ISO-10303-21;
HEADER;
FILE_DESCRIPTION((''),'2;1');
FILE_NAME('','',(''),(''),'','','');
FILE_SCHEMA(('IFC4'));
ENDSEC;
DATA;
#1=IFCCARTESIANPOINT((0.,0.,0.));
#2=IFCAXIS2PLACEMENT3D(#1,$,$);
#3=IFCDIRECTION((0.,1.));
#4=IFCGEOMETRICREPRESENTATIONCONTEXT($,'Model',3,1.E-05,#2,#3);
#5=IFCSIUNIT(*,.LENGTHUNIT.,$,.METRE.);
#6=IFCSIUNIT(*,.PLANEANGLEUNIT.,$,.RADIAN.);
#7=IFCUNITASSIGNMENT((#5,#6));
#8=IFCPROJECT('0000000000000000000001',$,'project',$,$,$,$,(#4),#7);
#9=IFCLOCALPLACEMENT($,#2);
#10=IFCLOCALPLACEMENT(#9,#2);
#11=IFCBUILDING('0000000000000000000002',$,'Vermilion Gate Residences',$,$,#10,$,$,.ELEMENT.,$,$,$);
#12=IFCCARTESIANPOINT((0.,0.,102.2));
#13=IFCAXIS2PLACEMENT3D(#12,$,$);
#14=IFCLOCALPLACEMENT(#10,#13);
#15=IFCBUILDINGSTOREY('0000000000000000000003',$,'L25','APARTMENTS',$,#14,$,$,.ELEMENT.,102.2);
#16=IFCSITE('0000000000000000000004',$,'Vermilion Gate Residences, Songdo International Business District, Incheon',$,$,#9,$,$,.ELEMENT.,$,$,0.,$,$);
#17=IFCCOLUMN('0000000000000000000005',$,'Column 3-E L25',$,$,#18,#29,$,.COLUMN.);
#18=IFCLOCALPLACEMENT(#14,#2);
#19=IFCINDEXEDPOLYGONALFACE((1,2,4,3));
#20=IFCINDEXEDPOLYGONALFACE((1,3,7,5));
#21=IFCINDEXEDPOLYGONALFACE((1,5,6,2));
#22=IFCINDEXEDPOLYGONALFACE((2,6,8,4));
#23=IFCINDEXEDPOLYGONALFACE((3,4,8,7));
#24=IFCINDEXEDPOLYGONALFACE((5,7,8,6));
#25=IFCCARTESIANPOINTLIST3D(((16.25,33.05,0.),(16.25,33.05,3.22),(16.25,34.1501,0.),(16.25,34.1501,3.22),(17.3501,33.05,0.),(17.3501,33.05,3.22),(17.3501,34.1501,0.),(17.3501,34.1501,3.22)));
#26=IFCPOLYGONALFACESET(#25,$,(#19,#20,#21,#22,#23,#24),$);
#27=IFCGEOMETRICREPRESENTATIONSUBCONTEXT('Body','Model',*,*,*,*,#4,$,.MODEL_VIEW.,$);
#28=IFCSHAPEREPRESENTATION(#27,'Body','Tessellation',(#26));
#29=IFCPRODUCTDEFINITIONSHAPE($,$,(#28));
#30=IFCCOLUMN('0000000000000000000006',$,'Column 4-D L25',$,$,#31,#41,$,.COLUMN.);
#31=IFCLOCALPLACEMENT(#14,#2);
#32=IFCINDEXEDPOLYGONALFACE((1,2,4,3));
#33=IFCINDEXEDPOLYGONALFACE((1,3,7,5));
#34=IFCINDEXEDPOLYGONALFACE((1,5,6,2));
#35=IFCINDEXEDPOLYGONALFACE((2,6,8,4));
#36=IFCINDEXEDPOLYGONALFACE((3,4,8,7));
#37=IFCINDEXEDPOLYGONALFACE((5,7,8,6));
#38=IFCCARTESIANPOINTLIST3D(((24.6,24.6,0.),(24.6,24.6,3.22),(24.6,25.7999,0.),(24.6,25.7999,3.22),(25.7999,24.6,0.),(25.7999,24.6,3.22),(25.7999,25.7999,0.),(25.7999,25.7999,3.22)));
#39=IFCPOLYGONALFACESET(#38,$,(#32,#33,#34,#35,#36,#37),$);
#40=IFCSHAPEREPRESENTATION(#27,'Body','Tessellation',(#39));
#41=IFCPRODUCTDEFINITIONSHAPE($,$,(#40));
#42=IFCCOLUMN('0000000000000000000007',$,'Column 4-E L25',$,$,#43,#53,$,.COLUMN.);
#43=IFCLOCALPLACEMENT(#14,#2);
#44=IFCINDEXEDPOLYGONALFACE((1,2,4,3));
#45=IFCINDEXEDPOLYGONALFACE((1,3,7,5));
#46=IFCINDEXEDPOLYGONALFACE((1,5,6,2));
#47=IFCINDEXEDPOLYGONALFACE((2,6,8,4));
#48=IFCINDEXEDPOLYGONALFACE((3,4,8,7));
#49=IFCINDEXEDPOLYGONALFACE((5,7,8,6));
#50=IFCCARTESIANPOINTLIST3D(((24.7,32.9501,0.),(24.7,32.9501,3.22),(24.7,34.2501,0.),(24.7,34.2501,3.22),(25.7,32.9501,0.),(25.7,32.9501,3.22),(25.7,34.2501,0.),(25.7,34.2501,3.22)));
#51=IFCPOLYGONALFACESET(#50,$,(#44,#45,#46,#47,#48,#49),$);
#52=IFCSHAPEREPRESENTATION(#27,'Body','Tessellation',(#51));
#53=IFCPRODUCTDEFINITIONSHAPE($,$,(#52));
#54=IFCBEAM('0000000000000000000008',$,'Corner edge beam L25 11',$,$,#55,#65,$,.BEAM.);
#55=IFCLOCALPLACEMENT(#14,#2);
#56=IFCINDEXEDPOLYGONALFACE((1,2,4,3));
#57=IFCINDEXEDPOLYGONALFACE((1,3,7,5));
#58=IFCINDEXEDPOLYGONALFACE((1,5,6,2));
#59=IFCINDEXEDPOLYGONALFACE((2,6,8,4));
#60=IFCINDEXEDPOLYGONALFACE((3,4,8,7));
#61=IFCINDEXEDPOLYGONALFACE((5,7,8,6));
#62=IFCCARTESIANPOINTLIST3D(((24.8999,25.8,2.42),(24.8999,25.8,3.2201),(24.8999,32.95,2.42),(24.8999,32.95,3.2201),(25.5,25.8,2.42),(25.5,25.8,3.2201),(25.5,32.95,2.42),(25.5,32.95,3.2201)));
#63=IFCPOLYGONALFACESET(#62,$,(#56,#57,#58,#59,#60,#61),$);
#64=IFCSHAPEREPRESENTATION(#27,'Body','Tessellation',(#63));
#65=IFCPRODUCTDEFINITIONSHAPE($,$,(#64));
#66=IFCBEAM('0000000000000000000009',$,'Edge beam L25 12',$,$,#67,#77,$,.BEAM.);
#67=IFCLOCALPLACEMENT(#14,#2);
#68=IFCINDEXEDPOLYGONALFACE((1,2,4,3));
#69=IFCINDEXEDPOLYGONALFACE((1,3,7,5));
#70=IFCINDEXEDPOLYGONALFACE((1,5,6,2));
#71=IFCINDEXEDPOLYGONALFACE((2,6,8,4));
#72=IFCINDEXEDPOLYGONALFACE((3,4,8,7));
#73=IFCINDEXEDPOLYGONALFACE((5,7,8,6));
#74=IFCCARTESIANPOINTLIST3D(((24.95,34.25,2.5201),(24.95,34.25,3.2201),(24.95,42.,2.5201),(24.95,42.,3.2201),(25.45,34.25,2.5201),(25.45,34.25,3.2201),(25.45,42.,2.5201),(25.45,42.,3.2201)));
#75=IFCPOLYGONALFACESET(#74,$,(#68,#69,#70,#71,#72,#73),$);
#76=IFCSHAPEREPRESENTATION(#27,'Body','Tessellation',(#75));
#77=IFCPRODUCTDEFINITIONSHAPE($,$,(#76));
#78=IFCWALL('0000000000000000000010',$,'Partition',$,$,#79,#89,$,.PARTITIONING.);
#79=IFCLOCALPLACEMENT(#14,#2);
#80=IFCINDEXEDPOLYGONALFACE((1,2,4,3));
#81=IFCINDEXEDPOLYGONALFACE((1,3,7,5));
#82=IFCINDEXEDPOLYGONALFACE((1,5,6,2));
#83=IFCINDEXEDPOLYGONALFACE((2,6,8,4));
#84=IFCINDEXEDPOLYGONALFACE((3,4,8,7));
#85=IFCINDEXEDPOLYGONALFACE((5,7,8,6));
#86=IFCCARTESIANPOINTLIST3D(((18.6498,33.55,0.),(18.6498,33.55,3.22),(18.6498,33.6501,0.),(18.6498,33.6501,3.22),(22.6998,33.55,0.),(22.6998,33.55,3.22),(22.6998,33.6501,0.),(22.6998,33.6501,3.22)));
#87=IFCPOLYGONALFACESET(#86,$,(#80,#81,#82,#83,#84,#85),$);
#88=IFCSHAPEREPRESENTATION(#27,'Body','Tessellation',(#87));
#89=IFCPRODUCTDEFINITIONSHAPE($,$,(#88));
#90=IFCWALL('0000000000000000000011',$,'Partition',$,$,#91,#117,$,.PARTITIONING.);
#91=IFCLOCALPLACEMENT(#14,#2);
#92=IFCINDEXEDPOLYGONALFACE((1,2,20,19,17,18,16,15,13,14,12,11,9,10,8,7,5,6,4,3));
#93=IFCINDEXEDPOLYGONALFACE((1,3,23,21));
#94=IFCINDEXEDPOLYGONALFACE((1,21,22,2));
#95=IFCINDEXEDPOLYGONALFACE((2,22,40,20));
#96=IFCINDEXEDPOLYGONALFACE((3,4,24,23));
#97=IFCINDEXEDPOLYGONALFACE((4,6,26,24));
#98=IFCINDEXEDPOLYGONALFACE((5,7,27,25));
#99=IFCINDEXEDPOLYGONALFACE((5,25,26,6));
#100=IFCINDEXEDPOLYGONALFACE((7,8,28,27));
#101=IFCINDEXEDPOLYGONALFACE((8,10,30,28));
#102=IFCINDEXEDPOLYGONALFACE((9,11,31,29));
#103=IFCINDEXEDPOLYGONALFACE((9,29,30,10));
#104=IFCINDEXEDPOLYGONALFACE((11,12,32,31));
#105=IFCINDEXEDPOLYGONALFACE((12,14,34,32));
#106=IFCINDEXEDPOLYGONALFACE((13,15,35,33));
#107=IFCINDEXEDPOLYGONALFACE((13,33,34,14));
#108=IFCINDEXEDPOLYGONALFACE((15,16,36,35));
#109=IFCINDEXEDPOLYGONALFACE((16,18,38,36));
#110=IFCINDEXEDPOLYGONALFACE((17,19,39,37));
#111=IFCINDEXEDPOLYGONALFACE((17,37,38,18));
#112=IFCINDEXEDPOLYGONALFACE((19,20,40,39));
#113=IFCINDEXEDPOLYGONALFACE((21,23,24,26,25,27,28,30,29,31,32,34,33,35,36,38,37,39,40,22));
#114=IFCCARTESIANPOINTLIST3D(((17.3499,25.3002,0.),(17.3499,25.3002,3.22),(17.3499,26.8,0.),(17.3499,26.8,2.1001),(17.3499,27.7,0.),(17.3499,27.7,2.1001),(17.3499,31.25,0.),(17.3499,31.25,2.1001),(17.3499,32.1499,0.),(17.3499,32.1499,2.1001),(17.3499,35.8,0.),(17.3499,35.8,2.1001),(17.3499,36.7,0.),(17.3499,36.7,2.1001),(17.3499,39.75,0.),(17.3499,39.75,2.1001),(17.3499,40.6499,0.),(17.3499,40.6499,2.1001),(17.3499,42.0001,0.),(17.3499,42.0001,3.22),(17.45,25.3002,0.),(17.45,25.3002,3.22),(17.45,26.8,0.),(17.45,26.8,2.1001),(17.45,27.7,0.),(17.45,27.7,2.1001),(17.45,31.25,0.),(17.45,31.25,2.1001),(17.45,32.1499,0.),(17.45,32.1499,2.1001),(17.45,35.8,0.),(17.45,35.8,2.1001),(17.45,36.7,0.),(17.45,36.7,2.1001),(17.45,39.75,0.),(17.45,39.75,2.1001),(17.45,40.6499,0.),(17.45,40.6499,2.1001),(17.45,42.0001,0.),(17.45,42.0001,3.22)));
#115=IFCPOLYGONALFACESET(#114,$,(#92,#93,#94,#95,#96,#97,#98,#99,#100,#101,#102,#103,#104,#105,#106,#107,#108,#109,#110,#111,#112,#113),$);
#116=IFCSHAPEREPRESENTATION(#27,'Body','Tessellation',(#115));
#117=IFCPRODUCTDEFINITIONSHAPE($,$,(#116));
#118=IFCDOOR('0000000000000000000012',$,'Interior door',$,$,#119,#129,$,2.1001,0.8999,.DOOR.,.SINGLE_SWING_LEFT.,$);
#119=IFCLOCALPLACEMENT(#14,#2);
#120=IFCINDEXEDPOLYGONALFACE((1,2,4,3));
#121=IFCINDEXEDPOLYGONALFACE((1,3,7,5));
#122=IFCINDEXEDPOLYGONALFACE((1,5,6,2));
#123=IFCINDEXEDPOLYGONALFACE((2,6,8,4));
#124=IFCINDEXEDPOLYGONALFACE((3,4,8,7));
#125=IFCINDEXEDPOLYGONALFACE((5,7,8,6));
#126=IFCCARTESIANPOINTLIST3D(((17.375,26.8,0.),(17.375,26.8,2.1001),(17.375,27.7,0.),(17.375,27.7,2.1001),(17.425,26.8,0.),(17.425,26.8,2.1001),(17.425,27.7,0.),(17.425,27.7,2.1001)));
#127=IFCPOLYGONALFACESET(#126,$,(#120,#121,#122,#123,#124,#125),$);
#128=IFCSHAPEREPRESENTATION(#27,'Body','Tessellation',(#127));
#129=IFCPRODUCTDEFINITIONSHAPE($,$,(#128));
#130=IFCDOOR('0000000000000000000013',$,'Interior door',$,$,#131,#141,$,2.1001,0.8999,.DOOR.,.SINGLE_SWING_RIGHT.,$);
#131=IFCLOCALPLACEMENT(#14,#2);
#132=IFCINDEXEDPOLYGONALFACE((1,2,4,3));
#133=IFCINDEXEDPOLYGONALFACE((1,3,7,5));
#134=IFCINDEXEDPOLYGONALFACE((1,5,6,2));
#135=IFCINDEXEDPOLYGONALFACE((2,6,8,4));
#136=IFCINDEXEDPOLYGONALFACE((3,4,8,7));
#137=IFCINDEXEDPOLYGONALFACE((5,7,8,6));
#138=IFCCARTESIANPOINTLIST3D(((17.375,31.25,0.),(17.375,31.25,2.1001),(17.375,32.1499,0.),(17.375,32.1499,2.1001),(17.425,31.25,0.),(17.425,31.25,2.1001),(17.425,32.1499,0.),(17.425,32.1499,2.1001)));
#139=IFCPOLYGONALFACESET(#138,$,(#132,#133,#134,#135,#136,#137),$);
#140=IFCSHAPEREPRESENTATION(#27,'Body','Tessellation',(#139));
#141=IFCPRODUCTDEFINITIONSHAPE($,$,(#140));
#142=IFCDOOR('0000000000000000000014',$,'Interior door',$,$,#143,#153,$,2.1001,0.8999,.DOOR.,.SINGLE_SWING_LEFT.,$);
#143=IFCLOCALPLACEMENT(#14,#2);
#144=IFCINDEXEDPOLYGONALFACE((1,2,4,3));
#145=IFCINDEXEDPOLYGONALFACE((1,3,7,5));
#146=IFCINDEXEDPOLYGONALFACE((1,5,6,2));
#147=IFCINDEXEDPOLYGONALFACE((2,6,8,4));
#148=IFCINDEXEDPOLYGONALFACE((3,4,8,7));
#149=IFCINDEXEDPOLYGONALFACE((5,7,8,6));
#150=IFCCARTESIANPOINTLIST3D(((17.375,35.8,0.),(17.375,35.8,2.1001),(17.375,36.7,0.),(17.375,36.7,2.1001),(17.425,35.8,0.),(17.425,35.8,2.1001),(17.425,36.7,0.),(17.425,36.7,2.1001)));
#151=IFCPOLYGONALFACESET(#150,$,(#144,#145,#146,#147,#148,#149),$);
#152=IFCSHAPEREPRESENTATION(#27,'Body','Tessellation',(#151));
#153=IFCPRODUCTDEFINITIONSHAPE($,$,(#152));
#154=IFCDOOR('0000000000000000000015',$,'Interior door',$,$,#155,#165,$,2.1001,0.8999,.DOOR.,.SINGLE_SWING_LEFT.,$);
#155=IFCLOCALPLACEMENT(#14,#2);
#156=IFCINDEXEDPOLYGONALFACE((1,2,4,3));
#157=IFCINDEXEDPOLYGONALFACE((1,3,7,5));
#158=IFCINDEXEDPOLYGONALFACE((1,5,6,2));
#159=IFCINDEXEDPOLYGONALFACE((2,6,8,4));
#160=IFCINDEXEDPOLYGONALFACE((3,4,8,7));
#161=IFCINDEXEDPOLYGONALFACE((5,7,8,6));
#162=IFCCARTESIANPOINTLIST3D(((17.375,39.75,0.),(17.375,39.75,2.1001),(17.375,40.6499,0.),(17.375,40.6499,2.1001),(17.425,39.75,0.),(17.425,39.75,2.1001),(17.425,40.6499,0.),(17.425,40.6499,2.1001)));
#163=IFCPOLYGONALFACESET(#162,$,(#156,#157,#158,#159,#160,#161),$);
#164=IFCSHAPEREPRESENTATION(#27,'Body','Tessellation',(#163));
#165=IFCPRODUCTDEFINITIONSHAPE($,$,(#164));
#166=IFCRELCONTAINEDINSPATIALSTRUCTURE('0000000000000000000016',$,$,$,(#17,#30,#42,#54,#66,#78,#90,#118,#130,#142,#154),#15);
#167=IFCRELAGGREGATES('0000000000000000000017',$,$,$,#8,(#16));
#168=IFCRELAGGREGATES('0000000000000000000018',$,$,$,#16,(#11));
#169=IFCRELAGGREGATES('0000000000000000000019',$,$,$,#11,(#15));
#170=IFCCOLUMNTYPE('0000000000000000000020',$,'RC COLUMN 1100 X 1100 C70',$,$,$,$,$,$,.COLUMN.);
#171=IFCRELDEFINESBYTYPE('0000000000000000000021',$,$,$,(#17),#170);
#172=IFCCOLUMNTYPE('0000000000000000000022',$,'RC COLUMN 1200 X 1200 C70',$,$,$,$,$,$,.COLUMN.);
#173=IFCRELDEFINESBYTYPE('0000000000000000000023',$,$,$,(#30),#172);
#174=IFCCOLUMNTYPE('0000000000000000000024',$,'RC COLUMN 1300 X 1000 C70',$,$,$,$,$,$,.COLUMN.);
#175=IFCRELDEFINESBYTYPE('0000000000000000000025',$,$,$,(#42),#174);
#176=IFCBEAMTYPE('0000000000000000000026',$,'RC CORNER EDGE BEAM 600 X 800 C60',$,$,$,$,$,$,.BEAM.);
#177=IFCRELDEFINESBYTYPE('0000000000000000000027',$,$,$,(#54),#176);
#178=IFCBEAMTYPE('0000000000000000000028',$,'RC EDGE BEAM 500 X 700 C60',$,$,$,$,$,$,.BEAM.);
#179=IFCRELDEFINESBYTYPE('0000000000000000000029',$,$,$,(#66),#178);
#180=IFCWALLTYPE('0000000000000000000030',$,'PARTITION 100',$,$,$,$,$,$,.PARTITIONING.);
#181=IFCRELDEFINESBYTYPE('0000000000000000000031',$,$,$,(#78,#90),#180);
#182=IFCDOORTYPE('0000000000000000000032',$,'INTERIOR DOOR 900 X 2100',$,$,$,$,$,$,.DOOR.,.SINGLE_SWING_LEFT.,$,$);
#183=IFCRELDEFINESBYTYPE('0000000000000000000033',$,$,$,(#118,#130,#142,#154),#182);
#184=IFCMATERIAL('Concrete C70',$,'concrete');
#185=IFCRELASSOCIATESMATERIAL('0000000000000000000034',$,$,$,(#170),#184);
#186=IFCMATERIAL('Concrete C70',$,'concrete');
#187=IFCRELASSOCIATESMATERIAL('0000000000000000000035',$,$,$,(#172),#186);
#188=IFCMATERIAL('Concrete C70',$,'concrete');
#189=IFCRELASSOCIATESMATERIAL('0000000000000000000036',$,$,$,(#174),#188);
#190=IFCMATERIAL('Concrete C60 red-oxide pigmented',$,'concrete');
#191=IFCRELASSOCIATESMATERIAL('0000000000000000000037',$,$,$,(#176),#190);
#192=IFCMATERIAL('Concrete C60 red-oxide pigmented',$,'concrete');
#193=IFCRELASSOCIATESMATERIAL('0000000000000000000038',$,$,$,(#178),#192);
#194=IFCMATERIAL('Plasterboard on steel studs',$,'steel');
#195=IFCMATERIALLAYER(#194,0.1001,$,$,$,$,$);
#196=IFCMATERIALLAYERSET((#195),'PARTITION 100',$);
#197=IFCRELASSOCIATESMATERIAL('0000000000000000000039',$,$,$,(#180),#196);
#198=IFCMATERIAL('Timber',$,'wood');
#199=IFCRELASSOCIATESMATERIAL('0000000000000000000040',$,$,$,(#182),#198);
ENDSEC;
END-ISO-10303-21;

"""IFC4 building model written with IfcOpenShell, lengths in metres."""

from ifc_helpers import new_model, si_unit, direction, frame, frame_2d, origin, origin_2d, place, context, subcontext, project, spatial, rectangle, extrude, material, layer, layer_set, material_profile, profile_set, type_object, element, fill, save


model = new_model("IFC4")

# Units and contexts
model_context = context("Model", 3, precision=1e-05, world=origin(), true_north=direction((0.0, 1.0)))
body_context = subcontext(model_context, "Body", "Model", "MODEL_VIEW")
ifc_project = project(units=[si_unit("LENGTHUNIT", "METRE"), si_unit("PLANEANGLEUNIT", "RADIAN")], contexts=[model_context])

# Site, building, storey
site_placement = place(None, origin())
site = spatial("IfcSite", under=ifc_project, at=site_placement, Name="Vermilion Gate Residences, Songdo International Business District, Incheon", CompositionType="ELEMENT", RefElevation=0.0)
building_placement = place(site_placement, origin())
building = spatial("IfcBuilding", under=site, at=building_placement, Name="Vermilion Gate Residences", CompositionType="ELEMENT")
storey_placement = place(building_placement, frame((0.0, 0.0, 102.2)))
storey = spatial("IfcBuildingStorey", under=building, at=storey_placement, Name="L25", Description="APARTMENTS", CompositionType="ELEMENT", Elevation=102.2)

# Columns
ifc_material_1 = material(Name="Concrete C70", Category="concrete")
ifc_material_profile_1 = material_profile(ifc_material_1, rectangle(XDim=1.1001, YDim=1.1001, at=origin_2d()), Name="RC-1100x1100")
ifc_profile_set_1 = profile_set([ifc_material_profile_1], Name="Concrete C70")
column_type_1 = type_object("IfcColumnType", Name="RC COLUMN 1100 X 1100 C70", PredefinedType="COLUMN", material=ifc_profile_set_1)
column_1_placement = place(storey_placement, frame((16.8, 33.6001, 0.0), z_axis=(0.0, 0.0, 1.0), x_axis=(1.0, 0.0, 0.0)))
element("IfcColumn", 1, at=column_1_placement, inside=storey, type_object=column_type_1, Name="Column 3-E L25", PredefinedType="COLUMN", context=body_context, shape_type="SweptSolid", body=[
    extrude(rectangle(XDim=1.1001, YDim=1.1001, at=origin_2d()), origin(), (0.0, 0.0, 1.0), 3.22),
])
ifc_material_2 = material(Name="Concrete C70", Category="concrete")
ifc_material_profile_2 = material_profile(ifc_material_2, rectangle(XDim=1.2, YDim=1.2, at=origin_2d()), Name="RC-1200x1200")
ifc_profile_set_2 = profile_set([ifc_material_profile_2], Name="Concrete C70")
column_type_2 = type_object("IfcColumnType", Name="RC COLUMN 1200 X 1200 C70", PredefinedType="COLUMN", material=ifc_profile_set_2)
column_2_placement = place(storey_placement, frame((25.2, 25.2, 0.0), z_axis=(0.0, 0.0, 1.0), x_axis=(1.0, 0.0, 0.0)))
element("IfcColumn", 2, at=column_2_placement, inside=storey, type_object=column_type_2, Name="Column 4-D L25", PredefinedType="COLUMN", context=body_context, shape_type="SweptSolid", body=[
    extrude(rectangle(XDim=1.2, YDim=1.2, at=origin_2d()), origin(), (0.0, 0.0, 1.0), 3.22),
])
ifc_material_3 = material(Name="Concrete C70", Category="concrete")
ifc_material_profile_3 = material_profile(ifc_material_3, rectangle(XDim=1.3, YDim=1.0, at=origin_2d()), Name="RC-1300x1000")
ifc_profile_set_3 = profile_set([ifc_material_profile_3], Name="Concrete C70")
column_type_3 = type_object("IfcColumnType", Name="RC COLUMN 1300 X 1000 C70", PredefinedType="COLUMN", material=ifc_profile_set_3)
column_3_placement = place(storey_placement, frame((25.2, 33.6001, 0.0), z_axis=(0.0, 0.0, 1.0), x_axis=(0.0, 1.0, 0.0)))
element("IfcColumn", 3, at=column_3_placement, inside=storey, type_object=column_type_3, Name="Column 4-E L25", PredefinedType="COLUMN", context=body_context, shape_type="SweptSolid", body=[
    extrude(rectangle(XDim=1.3, YDim=1.0, at=origin_2d()), origin(), (0.0, 0.0, 1.0), 3.22),
])

# Beams
ifc_material_4 = material(Name="Concrete C60 red-oxide pigmented", Category="concrete")
ifc_material_profile_4 = material_profile(ifc_material_4, rectangle(XDim=0.6001, YDim=0.8, at=origin_2d()), Name="RC-600x800")
ifc_profile_set_4 = profile_set([ifc_material_profile_4], Name="Concrete C60 red-oxide pigmented")
beam_type_1 = type_object("IfcBeamType", Name="RC CORNER EDGE BEAM 600 X 800 C60", PredefinedType="BEAM", material=ifc_profile_set_4)
beam_1_placement = place(storey_placement, frame((25.2, 25.8, 2.8201), z_axis=(0.0, 1.0, 0.0), x_axis=(-1.0, 0.0, 0.0)))
element("IfcBeam", 4, at=beam_1_placement, inside=storey, type_object=beam_type_1, Name="Corner edge beam L25 11", PredefinedType="BEAM", context=body_context, shape_type="SweptSolid", body=[
    extrude(rectangle(XDim=0.6001, YDim=0.8, at=origin_2d()), origin(), (0.0, 0.0, 1.0), 7.1499),
])
ifc_material_5 = material(Name="Concrete C60 red-oxide pigmented", Category="concrete")
ifc_material_profile_5 = material_profile(ifc_material_5, rectangle(XDim=0.5, YDim=0.7, at=origin_2d()), Name="RC-500x700")
ifc_profile_set_5 = profile_set([ifc_material_profile_5], Name="Concrete C60 red-oxide pigmented")
beam_type_2 = type_object("IfcBeamType", Name="RC EDGE BEAM 500 X 700 C60", PredefinedType="BEAM", material=ifc_profile_set_5)
beam_2_placement = place(storey_placement, frame((25.2, 34.25, 2.8701), z_axis=(0.0, 1.0, 0.0), x_axis=(-1.0, 0.0, 0.0)))
element("IfcBeam", 5, at=beam_2_placement, inside=storey, type_object=beam_type_2, Name="Edge beam L25 12", PredefinedType="BEAM", context=body_context, shape_type="SweptSolid", body=[
    extrude(rectangle(XDim=0.5, YDim=0.7, at=origin_2d()), origin(), (0.0, 0.0, 1.0), 7.75),
])

# Wall
ifc_material_6 = material(Name="Plasterboard on steel studs", Category="steel")
ifc_layer = layer(ifc_material_6, 0.1001)
ifc_layer_set = layer_set([ifc_layer], Name="PARTITION 100")
wall_type = type_object("IfcWallType", Name="PARTITION 100", PredefinedType="PARTITIONING", material=ifc_layer_set)
wall_1_placement = place(storey_placement, frame((18.6499, 33.6001, 0.0), z_axis=(0.0, 0.0, 1.0), x_axis=(1.0, 0.0, 0.0)))
element("IfcWall", 6, at=wall_1_placement, inside=storey, type_object=wall_type, Name="Partition", PredefinedType="PARTITIONING", context=body_context, shape_type="SweptSolid", body=[
    extrude(rectangle(XDim=4.05, YDim=0.1001, at=frame_2d((2.0249, 0.0))), origin(), (0.0, 0.0, 1.0), 3.22),
])

# Wall, openings, doors
wall_2_placement = place(storey_placement, frame((17.3999, 25.3, 0.0), z_axis=(0.0, 0.0, 1.0), x_axis=(0.0, 1.0, 0.0)))
wall_2 = element("IfcWall", 7, at=wall_2_placement, inside=storey, type_object=wall_type, Name="Partition", PredefinedType="PARTITIONING", context=body_context, shape_type="SweptSolid", body=[
    extrude(rectangle(XDim=16.7, YDim=0.1001, at=frame_2d((8.3501, 0.0))), origin(), (0.0, 0.0, 1.0), 3.22),
])
opening_1_placement = place(wall_2_placement, frame((1.5, 0.0, 0.0)))
opening_1 = element("IfcOpeningElement", 8, at=opening_1_placement, cuts=wall_2, PredefinedType="OPENING", context=body_context, shape_type="SweptSolid", body=[
    extrude(rectangle(XDim=0.8999, YDim=2.1001, at=frame_2d((0.45, 1.05))), frame((0.0, 0.0601, 0.0), z_axis=(0.0, -1.0, 0.0), x_axis=(1.0, 0.0, 0.0)), (0.0, 0.0, 1.0), 0.1201),
])
opening_2_placement = place(wall_2_placement, frame((5.95, 0.0, 0.0)))
opening_2 = element("IfcOpeningElement", 9, at=opening_2_placement, cuts=wall_2, PredefinedType="OPENING", context=body_context, shape_type="SweptSolid", body=[
    extrude(rectangle(XDim=0.8999, YDim=2.1001, at=frame_2d((0.45, 1.05))), frame((0.0, 0.0601, 0.0), z_axis=(0.0, -1.0, 0.0), x_axis=(1.0, 0.0, 0.0)), (0.0, 0.0, 1.0), 0.1201),
])
opening_3_placement = place(wall_2_placement, frame((10.5, 0.0, 0.0)))
opening_3 = element("IfcOpeningElement", 10, at=opening_3_placement, cuts=wall_2, PredefinedType="OPENING", context=body_context, shape_type="SweptSolid", body=[
    extrude(rectangle(XDim=0.8999, YDim=2.1001, at=frame_2d((0.45, 1.05))), frame((0.0, 0.0601, 0.0), z_axis=(0.0, -1.0, 0.0), x_axis=(1.0, 0.0, 0.0)), (0.0, 0.0, 1.0), 0.1201),
])
opening_4_placement = place(wall_2_placement, frame((14.45, 0.0, 0.0)))
opening_4 = element("IfcOpeningElement", 11, at=opening_4_placement, cuts=wall_2, PredefinedType="OPENING", context=body_context, shape_type="SweptSolid", body=[
    extrude(rectangle(XDim=0.8999, YDim=2.1001, at=frame_2d((0.45, 1.05))), frame((0.0, 0.0601, 0.0), z_axis=(0.0, -1.0, 0.0), x_axis=(1.0, 0.0, 0.0)), (0.0, 0.0, 1.0), 0.1201),
])
ifc_material_7 = material(Name="Timber", Category="wood")
door_type = type_object("IfcDoorType", Name="INTERIOR DOOR 900 X 2100", OperationType="SINGLE_SWING_LEFT", PredefinedType="DOOR", material=ifc_material_7)
door_1_placement = place(opening_1_placement, origin())
door_1 = element("IfcDoor", 12, at=door_1_placement, inside=storey, type_object=door_type, Name="Interior door", OperationType="SINGLE_SWING_LEFT", OverallHeight=2.1001, OverallWidth=0.8999, PredefinedType="DOOR", context=body_context, shape_type="SweptSolid", body=[
    extrude(rectangle(XDim=0.8999, YDim=2.1001, at=frame_2d((0.45, 1.05))), frame((0.0, 0.0249, 0.0), z_axis=(0.0, -1.0, 0.0), x_axis=(1.0, 0.0, 0.0)), (0.0, 0.0, 1.0), 0.05),
])
fill(opening_1, door_1)
door_2_placement = place(opening_2_placement, origin())
door_2 = element("IfcDoor", 13, at=door_2_placement, inside=storey, type_object=door_type, Name="Interior door", OperationType="SINGLE_SWING_RIGHT", OverallHeight=2.1001, OverallWidth=0.8999, PredefinedType="DOOR", context=body_context, shape_type="SweptSolid", body=[
    extrude(rectangle(XDim=0.8999, YDim=2.1001, at=frame_2d((0.45, 1.05))), frame((0.0, 0.0249, 0.0), z_axis=(0.0, -1.0, 0.0), x_axis=(1.0, 0.0, 0.0)), (0.0, 0.0, 1.0), 0.05),
])
fill(opening_2, door_2)
door_3_placement = place(opening_3_placement, origin())
door_3 = element("IfcDoor", 14, at=door_3_placement, inside=storey, type_object=door_type, Name="Interior door", OperationType="SINGLE_SWING_LEFT", OverallHeight=2.1001, OverallWidth=0.8999, PredefinedType="DOOR", context=body_context, shape_type="SweptSolid", body=[
    extrude(rectangle(XDim=0.8999, YDim=2.1001, at=frame_2d((0.45, 1.05))), frame((0.0, 0.0249, 0.0), z_axis=(0.0, -1.0, 0.0), x_axis=(1.0, 0.0, 0.0)), (0.0, 0.0, 1.0), 0.05),
])
fill(opening_3, door_3)
door_4_placement = place(opening_4_placement, origin())
door_4 = element("IfcDoor", 15, at=door_4_placement, inside=storey, type_object=door_type, Name="Interior door", OperationType="SINGLE_SWING_LEFT", OverallHeight=2.1001, OverallWidth=0.8999, PredefinedType="DOOR", context=body_context, shape_type="SweptSolid", body=[
    extrude(rectangle(XDim=0.8999, YDim=2.1001, at=frame_2d((0.45, 1.05))), frame((0.0, 0.0249, 0.0), z_axis=(0.0, -1.0, 0.0), x_axis=(1.0, 0.0, 0.0)), (0.0, 0.0, 1.0), 0.05),
])
fill(opening_4, door_4)

save(model, "model.ifc")
